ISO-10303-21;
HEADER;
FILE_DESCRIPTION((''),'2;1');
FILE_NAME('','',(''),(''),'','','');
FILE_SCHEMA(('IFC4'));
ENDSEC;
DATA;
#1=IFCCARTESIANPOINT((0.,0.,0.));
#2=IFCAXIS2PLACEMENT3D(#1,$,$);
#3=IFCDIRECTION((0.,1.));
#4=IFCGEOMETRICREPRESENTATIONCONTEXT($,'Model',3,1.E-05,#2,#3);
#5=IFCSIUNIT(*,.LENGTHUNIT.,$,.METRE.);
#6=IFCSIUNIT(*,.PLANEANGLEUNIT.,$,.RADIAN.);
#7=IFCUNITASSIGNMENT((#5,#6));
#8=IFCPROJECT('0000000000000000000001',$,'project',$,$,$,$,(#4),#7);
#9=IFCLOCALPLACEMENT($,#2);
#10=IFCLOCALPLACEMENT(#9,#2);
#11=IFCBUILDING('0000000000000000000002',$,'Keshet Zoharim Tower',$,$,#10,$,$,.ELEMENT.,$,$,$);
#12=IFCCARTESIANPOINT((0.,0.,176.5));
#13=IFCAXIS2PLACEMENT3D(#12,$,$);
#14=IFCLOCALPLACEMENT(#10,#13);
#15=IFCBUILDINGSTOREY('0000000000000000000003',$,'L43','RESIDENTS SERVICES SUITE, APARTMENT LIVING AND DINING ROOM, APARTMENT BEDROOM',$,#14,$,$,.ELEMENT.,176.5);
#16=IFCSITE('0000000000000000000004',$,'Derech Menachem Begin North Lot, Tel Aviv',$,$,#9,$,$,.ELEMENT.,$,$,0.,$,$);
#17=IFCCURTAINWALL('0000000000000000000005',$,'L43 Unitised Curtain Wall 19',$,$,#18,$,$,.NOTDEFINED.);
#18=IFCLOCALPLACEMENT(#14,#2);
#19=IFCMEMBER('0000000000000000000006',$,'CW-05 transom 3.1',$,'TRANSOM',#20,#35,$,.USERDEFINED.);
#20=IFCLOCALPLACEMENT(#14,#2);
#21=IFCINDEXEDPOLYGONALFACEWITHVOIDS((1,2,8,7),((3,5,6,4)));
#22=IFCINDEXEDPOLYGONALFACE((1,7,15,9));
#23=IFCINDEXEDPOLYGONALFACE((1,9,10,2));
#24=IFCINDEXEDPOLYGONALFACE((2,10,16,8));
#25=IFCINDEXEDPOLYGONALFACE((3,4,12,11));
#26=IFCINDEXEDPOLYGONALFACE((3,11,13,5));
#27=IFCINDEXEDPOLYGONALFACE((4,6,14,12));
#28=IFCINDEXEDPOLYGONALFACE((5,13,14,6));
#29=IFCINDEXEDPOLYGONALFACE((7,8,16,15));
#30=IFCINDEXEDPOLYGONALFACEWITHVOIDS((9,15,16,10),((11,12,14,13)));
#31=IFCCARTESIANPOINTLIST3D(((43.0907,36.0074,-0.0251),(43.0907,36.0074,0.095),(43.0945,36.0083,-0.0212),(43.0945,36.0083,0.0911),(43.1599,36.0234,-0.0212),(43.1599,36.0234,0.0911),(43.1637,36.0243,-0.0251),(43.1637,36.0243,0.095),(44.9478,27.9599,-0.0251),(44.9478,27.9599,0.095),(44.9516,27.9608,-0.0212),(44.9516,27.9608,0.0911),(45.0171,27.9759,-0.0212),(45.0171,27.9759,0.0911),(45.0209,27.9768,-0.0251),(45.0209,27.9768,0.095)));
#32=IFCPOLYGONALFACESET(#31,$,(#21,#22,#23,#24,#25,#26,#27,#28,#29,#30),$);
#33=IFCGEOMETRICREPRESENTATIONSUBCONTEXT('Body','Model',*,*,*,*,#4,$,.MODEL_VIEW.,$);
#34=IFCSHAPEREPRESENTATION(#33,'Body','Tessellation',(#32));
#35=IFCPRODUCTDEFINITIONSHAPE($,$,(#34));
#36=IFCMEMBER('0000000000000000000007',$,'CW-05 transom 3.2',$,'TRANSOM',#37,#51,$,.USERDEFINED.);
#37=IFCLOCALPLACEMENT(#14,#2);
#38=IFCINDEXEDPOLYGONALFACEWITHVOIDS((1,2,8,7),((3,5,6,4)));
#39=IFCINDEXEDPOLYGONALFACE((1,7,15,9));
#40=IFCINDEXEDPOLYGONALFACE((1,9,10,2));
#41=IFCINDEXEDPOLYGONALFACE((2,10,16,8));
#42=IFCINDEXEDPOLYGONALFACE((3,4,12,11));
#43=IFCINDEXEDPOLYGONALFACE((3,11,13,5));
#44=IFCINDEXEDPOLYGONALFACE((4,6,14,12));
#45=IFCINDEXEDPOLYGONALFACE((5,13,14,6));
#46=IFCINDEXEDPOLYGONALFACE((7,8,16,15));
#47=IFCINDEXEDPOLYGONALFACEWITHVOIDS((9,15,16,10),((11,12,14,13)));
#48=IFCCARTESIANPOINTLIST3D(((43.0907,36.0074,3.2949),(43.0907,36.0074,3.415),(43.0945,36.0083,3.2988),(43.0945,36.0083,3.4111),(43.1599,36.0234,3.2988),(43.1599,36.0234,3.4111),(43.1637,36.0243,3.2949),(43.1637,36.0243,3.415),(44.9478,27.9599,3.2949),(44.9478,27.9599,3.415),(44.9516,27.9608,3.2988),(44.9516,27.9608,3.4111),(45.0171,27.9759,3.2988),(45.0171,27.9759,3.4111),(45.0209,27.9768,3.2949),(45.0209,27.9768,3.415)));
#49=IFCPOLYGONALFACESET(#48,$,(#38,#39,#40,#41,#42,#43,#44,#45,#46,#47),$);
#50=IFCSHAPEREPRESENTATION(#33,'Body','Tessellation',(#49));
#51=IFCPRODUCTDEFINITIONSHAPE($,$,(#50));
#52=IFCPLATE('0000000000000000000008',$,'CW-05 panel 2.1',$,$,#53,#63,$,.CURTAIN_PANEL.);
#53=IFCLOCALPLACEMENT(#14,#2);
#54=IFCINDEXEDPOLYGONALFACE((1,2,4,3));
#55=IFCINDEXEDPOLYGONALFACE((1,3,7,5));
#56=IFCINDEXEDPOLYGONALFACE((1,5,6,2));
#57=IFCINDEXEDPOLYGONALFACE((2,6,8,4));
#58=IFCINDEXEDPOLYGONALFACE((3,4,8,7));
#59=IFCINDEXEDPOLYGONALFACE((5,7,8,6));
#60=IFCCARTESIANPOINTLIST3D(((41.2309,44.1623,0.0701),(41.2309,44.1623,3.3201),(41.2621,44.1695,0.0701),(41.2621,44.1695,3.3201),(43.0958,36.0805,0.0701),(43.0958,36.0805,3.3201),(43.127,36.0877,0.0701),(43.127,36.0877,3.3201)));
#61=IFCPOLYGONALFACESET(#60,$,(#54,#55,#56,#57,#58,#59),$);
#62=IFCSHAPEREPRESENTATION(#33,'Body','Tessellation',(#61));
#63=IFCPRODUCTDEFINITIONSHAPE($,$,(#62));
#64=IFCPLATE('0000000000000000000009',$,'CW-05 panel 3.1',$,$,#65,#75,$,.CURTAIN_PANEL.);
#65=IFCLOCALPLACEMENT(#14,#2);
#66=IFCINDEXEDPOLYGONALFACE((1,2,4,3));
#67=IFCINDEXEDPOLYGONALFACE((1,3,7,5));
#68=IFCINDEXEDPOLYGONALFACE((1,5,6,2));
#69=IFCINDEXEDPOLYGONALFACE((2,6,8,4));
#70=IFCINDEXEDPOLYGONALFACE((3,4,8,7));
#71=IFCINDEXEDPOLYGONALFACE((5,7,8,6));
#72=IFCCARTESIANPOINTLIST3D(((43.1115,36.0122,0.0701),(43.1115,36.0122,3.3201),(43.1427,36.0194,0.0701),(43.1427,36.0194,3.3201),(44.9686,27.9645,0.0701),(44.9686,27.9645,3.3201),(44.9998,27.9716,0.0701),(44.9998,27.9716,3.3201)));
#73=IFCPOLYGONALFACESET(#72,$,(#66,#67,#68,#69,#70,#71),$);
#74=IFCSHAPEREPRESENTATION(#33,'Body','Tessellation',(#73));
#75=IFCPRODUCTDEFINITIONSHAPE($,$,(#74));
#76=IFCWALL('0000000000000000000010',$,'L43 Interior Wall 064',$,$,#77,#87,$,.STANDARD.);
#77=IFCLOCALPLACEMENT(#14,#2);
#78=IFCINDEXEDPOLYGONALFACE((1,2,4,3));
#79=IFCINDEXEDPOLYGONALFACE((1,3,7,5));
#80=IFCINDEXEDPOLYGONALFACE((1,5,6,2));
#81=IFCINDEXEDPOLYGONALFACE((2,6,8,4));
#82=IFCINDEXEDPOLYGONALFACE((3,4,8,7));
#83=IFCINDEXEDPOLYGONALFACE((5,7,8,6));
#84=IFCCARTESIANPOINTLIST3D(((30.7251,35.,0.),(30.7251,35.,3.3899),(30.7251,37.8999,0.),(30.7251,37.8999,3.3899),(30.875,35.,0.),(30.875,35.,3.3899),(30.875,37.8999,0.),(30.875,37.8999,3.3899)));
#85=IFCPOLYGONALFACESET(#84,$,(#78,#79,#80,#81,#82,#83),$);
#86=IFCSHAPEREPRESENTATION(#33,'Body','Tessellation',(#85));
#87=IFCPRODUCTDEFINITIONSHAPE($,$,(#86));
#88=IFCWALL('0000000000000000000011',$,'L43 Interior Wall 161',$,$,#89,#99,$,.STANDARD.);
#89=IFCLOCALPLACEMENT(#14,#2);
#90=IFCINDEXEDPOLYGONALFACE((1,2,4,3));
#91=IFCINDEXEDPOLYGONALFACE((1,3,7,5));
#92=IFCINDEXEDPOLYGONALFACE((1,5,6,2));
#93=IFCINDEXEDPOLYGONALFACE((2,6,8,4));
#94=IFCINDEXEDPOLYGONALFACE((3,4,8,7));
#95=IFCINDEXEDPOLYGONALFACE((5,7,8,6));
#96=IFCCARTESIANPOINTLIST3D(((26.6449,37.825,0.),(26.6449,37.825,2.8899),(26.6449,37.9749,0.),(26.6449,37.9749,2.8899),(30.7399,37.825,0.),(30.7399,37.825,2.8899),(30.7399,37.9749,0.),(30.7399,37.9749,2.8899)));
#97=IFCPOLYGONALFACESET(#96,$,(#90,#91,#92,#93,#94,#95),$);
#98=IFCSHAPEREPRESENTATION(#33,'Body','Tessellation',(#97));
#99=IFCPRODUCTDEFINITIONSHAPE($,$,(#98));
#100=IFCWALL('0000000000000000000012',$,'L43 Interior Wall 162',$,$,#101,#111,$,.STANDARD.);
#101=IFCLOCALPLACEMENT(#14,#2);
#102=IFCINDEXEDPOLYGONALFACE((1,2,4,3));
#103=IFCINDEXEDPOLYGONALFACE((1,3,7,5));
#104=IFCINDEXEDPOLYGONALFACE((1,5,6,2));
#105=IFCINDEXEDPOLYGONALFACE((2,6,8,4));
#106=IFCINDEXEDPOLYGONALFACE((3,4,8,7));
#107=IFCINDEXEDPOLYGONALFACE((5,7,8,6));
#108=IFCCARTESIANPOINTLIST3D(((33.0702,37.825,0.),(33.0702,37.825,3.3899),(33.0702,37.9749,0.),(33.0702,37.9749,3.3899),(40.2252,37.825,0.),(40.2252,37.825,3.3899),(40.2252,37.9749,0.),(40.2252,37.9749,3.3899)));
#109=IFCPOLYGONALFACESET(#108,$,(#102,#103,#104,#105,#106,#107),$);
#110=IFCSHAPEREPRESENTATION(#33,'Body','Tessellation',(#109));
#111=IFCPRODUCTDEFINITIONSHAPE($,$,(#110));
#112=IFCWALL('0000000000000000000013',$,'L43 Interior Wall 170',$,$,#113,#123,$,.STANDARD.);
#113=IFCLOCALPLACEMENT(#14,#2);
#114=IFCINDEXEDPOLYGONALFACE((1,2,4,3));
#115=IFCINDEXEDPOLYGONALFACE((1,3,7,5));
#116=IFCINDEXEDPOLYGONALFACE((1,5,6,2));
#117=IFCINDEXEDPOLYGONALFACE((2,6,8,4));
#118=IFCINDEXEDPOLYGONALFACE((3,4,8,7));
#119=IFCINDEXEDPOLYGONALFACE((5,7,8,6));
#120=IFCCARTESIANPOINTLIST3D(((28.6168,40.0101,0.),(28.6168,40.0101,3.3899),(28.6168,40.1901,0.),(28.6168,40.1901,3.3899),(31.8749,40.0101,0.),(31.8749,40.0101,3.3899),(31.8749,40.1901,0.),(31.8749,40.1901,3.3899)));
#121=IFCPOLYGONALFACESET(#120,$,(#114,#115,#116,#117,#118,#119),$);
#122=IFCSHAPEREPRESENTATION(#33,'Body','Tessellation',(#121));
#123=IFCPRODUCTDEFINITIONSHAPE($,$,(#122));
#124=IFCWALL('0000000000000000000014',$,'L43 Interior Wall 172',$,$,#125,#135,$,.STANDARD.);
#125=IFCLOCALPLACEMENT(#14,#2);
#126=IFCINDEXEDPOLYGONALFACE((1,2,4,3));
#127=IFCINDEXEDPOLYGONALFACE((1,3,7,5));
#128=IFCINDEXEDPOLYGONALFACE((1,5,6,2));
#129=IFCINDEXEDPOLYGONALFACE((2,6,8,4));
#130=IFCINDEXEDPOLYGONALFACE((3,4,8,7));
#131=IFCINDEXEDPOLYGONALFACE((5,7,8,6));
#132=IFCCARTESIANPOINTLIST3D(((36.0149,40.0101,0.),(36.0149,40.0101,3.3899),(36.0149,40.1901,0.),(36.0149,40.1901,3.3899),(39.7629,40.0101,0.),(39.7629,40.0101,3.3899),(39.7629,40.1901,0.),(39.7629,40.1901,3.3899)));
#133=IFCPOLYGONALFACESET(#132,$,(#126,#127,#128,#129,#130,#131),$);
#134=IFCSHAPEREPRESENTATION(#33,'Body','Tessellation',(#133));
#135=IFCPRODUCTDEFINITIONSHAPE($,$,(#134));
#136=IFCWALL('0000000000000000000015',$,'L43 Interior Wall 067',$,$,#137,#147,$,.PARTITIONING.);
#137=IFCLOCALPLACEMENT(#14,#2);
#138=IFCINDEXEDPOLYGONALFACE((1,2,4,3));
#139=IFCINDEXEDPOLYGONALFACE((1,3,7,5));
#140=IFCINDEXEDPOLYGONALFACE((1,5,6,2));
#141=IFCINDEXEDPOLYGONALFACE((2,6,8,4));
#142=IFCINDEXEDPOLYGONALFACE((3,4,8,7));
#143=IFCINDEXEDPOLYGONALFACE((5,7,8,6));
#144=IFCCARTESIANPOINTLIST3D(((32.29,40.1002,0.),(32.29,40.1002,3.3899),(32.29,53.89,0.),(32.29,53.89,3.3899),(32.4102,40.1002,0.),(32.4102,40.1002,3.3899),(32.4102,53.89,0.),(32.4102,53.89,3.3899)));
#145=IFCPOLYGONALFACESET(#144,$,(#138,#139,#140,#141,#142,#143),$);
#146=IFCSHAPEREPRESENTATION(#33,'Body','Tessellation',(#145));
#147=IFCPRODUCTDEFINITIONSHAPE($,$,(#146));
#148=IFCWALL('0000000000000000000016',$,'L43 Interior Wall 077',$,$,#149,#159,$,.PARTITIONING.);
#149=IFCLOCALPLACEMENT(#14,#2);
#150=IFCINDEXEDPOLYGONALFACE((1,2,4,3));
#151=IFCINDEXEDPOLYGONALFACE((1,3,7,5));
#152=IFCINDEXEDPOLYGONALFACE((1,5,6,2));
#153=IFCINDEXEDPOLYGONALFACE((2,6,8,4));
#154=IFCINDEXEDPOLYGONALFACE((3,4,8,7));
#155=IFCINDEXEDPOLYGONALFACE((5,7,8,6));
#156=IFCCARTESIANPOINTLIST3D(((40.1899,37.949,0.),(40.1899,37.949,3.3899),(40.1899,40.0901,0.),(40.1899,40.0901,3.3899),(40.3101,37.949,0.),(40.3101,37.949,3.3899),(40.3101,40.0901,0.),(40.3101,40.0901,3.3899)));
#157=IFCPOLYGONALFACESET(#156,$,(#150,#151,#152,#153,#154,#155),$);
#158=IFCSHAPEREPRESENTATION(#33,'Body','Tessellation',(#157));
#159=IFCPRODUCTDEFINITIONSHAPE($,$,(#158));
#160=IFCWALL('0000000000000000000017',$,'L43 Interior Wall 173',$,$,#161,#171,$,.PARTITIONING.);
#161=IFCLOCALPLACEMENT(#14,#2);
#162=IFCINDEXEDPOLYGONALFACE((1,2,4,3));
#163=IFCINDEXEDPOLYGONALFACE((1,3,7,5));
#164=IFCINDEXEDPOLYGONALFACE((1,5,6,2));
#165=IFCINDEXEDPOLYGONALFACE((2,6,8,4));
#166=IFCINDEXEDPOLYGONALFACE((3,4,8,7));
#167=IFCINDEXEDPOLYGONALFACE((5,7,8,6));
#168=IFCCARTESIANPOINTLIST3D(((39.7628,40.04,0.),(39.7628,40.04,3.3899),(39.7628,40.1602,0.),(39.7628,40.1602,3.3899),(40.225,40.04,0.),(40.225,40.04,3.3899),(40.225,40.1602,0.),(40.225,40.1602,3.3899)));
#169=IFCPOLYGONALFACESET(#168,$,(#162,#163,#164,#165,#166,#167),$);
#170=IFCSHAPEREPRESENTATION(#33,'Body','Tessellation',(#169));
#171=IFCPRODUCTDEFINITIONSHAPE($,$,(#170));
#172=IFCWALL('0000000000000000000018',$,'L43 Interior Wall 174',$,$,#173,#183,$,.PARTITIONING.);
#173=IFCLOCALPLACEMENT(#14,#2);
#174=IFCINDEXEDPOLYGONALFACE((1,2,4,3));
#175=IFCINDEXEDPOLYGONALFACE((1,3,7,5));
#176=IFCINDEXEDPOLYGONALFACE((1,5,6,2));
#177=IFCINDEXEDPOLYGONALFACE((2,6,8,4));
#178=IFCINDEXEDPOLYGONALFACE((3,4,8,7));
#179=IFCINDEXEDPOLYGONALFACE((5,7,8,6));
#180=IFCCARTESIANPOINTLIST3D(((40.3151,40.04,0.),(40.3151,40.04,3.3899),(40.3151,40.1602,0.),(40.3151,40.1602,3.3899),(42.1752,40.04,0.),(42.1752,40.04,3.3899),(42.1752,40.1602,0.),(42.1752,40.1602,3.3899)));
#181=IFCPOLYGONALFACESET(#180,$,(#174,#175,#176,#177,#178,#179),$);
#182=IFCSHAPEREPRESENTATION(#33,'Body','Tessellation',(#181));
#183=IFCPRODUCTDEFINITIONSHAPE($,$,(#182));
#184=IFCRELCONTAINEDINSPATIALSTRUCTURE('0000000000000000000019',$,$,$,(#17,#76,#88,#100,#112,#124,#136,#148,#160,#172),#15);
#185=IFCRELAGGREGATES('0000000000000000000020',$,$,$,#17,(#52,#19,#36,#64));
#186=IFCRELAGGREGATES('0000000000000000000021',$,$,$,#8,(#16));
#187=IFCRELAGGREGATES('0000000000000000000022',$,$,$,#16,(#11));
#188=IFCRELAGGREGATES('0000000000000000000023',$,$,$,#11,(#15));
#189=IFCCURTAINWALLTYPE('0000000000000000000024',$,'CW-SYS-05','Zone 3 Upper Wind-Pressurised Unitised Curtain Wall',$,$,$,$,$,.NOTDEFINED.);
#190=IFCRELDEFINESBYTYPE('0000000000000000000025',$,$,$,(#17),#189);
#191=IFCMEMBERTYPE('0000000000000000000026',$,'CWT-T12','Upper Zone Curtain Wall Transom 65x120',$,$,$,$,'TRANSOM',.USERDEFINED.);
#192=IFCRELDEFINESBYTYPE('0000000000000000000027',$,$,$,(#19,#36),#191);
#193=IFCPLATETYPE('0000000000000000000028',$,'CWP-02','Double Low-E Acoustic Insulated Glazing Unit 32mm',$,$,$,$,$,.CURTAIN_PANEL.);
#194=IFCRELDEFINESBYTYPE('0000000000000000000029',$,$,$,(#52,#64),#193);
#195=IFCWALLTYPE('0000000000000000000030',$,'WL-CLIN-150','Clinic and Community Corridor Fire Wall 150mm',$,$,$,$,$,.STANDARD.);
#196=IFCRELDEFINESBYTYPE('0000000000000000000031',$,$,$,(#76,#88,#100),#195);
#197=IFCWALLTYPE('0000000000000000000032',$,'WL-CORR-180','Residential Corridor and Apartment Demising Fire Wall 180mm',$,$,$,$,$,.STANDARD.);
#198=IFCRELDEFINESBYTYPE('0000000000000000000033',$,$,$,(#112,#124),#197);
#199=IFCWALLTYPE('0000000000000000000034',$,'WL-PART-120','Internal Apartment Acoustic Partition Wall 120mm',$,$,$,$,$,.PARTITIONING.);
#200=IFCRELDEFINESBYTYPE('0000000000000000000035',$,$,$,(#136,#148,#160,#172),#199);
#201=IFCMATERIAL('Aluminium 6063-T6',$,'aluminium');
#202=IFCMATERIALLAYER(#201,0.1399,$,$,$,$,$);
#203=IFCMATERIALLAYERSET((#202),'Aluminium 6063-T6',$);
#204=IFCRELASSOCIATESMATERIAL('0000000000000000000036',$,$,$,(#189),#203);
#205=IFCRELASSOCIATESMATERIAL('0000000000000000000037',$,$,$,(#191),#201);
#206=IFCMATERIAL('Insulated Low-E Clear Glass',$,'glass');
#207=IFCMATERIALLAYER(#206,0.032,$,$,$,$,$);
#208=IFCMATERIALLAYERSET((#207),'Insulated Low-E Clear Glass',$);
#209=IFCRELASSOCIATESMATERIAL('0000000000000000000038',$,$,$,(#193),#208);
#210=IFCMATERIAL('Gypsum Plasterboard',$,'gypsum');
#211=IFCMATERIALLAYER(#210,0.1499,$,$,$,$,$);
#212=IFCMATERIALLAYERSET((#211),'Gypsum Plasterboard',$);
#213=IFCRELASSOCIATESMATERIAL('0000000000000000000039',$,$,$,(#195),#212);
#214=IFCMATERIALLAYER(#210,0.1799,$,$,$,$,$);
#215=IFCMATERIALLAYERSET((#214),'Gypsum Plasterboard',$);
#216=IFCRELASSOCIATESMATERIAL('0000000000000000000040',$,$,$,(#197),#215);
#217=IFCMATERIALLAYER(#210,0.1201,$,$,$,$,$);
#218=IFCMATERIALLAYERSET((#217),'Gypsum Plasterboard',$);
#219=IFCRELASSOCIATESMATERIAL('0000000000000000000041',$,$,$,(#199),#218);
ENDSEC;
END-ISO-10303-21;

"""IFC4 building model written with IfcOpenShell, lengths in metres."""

from ifc_helpers import new_model, si_unit, direction, frame, frame_2d, origin, origin_2d, place, context, subcontext, project, spatial, rectangle, hollow_rectangle, extrude, material, layer, layer_set, material_profile, profile_set, type_object, element, aggregate, save


model = new_model("IFC4")

# Units and contexts
model_context = context("Model", 3, precision=1e-05, world=origin(), true_north=direction((0.0, 1.0)))
body_context = subcontext(model_context, "Body", "Model", "MODEL_VIEW")
ifc_project = project(units=[si_unit("LENGTHUNIT", "METRE"), si_unit("PLANEANGLEUNIT", "RADIAN")], contexts=[model_context])

# Site, building, storey
site_placement = place(None, origin())
site = spatial("IfcSite", under=ifc_project, at=site_placement, Name="Derech Menachem Begin North Lot, Tel Aviv", CompositionType="ELEMENT", RefElevation=0.0)
building_placement = place(site_placement, origin())
building = spatial("IfcBuilding", under=site, at=building_placement, Name="Keshet Zoharim Tower", CompositionType="ELEMENT")
storey_placement = place(building_placement, frame((0.0, 0.0, 176.5)))
storey = spatial("IfcBuildingStorey", under=building, at=storey_placement, Name="L43", Description="RESIDENTS SERVICES SUITE, APARTMENT LIVING AND DINING ROOM, APARTMENT BEDROOM", CompositionType="ELEMENT", Elevation=176.5)

# Curtain wall, members, plates
ifc_material_1 = material(Name="Aluminium 6063-T6", Category="aluminium")
ifc_layer_1 = layer(ifc_material_1, 0.1399)
ifc_layer_set_1 = layer_set([ifc_layer_1], Name="Aluminium 6063-T6")
curtain_wall_type = type_object("IfcCurtainWallType", Name="CW-SYS-05", Description="Zone 3 Upper Wind-Pressurised Unitised Curtain Wall", PredefinedType="NOTDEFINED", material=ifc_layer_set_1)
curtain_wall_placement = place(storey_placement, origin())
curtain_wall = element("IfcCurtainWall", 1, at=curtain_wall_placement, inside=storey, type_object=curtain_wall_type, Name="L43 Unitised Curtain Wall 19", PredefinedType="NOTDEFINED")
ifc_material_profile_1 = material_profile(ifc_material_1, hollow_rectangle(XDim=0.075, YDim=0.1201, WallThickness=0.0039, at=origin_2d()), Name="TRN-75x120")
ifc_profile_set_1 = profile_set([ifc_material_profile_1], Name="Aluminium 6063-T6")
member_type_1 = type_object("IfcMemberType", Name="CWT-T12", Description="Upper Zone Curtain Wall Transom 65x120", ElementType="TRANSOM", PredefinedType="USERDEFINED", material=ifc_profile_set_1)
member_1_placement = place(storey_placement, frame((43.1272, 36.0159, 0.0349), z_axis=(0.224864, -0.97439, 0.0), x_axis=(0.97439, 0.224864, 0.0)))
member_1 = element("IfcMember", 2, at=member_1_placement, type_object=member_type_1, Name="CW-05 transom 3.1", ObjectType="TRANSOM", PredefinedType="USERDEFINED", context=body_context, shape_type="SweptSolid", body=[
    extrude(hollow_rectangle(XDim=0.075, YDim=0.1201, WallThickness=0.0039, at=origin_2d()), origin(), (0.0, 0.0, 1.0), 8.259),
])
member_2_placement = place(storey_placement, frame((43.1272, 36.0159, 3.355), z_axis=(0.224864, -0.97439, 0.0), x_axis=(0.97439, 0.224864, 0.0)))
member_2 = element("IfcMember", 3, at=member_2_placement, type_object=member_type_1, Name="CW-05 transom 3.2", ObjectType="TRANSOM", PredefinedType="USERDEFINED", context=body_context, shape_type="SweptSolid", body=[
    extrude(hollow_rectangle(XDim=0.075, YDim=0.1201, WallThickness=0.0039, at=origin_2d()), origin(), (0.0, 0.0, 1.0), 8.259),
])
ifc_material_2 = material(Name="Insulated Low-E Clear Glass", Category="glass")
ifc_layer_2 = layer(ifc_material_2, 0.032)
ifc_layer_set_2 = layer_set([ifc_layer_2], Name="Insulated Low-E Clear Glass")
plate_type = type_object("IfcPlateType", Name="CWP-02", Description="Double Low-E Acoustic Insulated Glazing Unit 32mm", PredefinedType="CURTAIN_PANEL", material=ifc_layer_set_2)
plate_1_placement = place(storey_placement, frame((42.179, 40.125, 0.0701), z_axis=(0.0, 0.0, 1.0), x_axis=(0.224848, -0.974394, 0.0)))
plate_1 = element("IfcPlate", 4, at=plate_1_placement, type_object=plate_type, Name="CW-05 panel 2.1", PredefinedType="CURTAIN_PANEL", context=body_context, shape_type="SweptSolid", body=[
    extrude(rectangle(XDim=8.2942, YDim=0.032, at=origin_2d()), origin(), (0.0, 0.0, 1.0), 3.25),
])
plate_2_placement = place(storey_placement, frame((44.0557, 31.9919, 0.0701), z_axis=(0.0, 0.0, 1.0), x_axis=(0.224848, -0.974394, 0.0)))
plate_2 = element("IfcPlate", 5, at=plate_2_placement, type_object=plate_type, Name="CW-05 panel 3.1", PredefinedType="CURTAIN_PANEL", context=body_context, shape_type="SweptSolid", body=[
    extrude(rectangle(XDim=8.2593, YDim=0.032, at=origin_2d()), origin(), (0.0, 0.0, 1.0), 3.25),
])
aggregate(curtain_wall, [plate_1, member_1, member_2, plate_2])

# Walls
ifc_material_3 = material(Name="Gypsum Plasterboard", Category="gypsum")
ifc_layer_3 = layer(ifc_material_3, 0.1499)
ifc_layer_set_3 = layer_set([ifc_layer_3], Name="Gypsum Plasterboard")
wall_type_1 = type_object("IfcWallType", Name="WL-CLIN-150", Description="Clinic and Community Corridor Fire Wall 150mm", PredefinedType="STANDARD", material=ifc_layer_set_3)
wall_1_placement = place(storey_placement, frame((30.8, 35.0, 0.0), z_axis=(0.0, 0.0, 1.0), x_axis=(0.0, 1.0, 0.0)))
element("IfcWall", 6, at=wall_1_placement, inside=storey, type_object=wall_type_1, Name="L43 Interior Wall 064", PredefinedType="STANDARD", context=body_context, shape_type="SweptSolid", body=[
    extrude(rectangle(XDim=2.8999, YDim=0.1499, at=frame_2d((1.45, 0.0))), origin(), (0.0, 0.0, 1.0), 3.3899),
])
wall_2_placement = place(storey_placement, frame((26.645, 37.8999, 0.0), z_axis=(0.0, 0.0, 1.0), x_axis=(1.0, 0.0, 0.0)))
element("IfcWall", 7, at=wall_2_placement, inside=storey, type_object=wall_type_1, Name="L43 Interior Wall 161", PredefinedType="STANDARD", context=body_context, shape_type="SweptSolid", body=[
    extrude(rectangle(XDim=4.095, YDim=0.1499, at=frame_2d((2.0474, 0.0))), origin(), (0.0, 0.0, 1.0), 2.8899),
])
wall_3_placement = place(storey_placement, frame((33.0701, 37.8999, 0.0), z_axis=(0.0, 0.0, 1.0), x_axis=(1.0, 0.0, 0.0)))
element("IfcWall", 8, at=wall_3_placement, inside=storey, type_object=wall_type_1, Name="L43 Interior Wall 162", PredefinedType="STANDARD", context=body_context, shape_type="SweptSolid", body=[
    extrude(rectangle(XDim=7.155, YDim=0.1499, at=frame_2d((3.5776, 0.0))), origin(), (0.0, 0.0, 1.0), 3.3899),
])
ifc_layer_4 = layer(ifc_material_3, 0.1799)
ifc_layer_set_4 = layer_set([ifc_layer_4], Name="Gypsum Plasterboard")
wall_type_2 = type_object("IfcWallType", Name="WL-CORR-180", Description="Residential Corridor and Apartment Demising Fire Wall 180mm", PredefinedType="STANDARD", material=ifc_layer_set_4)
wall_4_placement = place(storey_placement, frame((28.6169, 40.1001, 0.0), z_axis=(0.0, 0.0, 1.0), x_axis=(1.0, 0.0, 0.0)))
element("IfcWall", 9, at=wall_4_placement, inside=storey, type_object=wall_type_2, Name="L43 Interior Wall 170", PredefinedType="STANDARD", context=body_context, shape_type="SweptSolid", body=[
    extrude(rectangle(XDim=3.2581, YDim=0.1799, at=frame_2d((1.6289, 0.0))), origin(), (0.0, 0.0, 1.0), 3.3899),
])

# Walls
wall_5_placement = place(storey_placement, frame((36.0149, 40.1001, 0.0), z_axis=(0.0, 0.0, 1.0), x_axis=(1.0, 0.0, 0.0)))
element("IfcWall", 10, at=wall_5_placement, inside=storey, type_object=wall_type_2, Name="L43 Interior Wall 172", PredefinedType="STANDARD", context=body_context, shape_type="SweptSolid", body=[
    extrude(rectangle(XDim=3.748, YDim=0.1799, at=frame_2d((1.874, 0.0))), origin(), (0.0, 0.0, 1.0), 3.3899),
])
ifc_layer_5 = layer(ifc_material_3, 0.1201)
ifc_layer_set_5 = layer_set([ifc_layer_5], Name="Gypsum Plasterboard")
wall_type_3 = type_object("IfcWallType", Name="WL-PART-120", Description="Internal Apartment Acoustic Partition Wall 120mm", PredefinedType="PARTITIONING", material=ifc_layer_set_5)
wall_6_placement = place(storey_placement, frame((32.3501, 40.1001, 0.0), z_axis=(0.0, 0.0, 1.0), x_axis=(0.0, 1.0, 0.0)))
element("IfcWall", 11, at=wall_6_placement, inside=storey, type_object=wall_type_3, Name="L43 Interior Wall 067", PredefinedType="PARTITIONING", context=body_context, shape_type="SweptSolid", body=[
    extrude(rectangle(XDim=13.7898, YDim=0.1201, at=frame_2d((6.895, 0.0))), origin(), (0.0, 0.0, 1.0), 3.3899),
])

# Walls
wall_7_placement = place(storey_placement, frame((40.25, 37.949, 0.0), z_axis=(0.0, 0.0, 1.0), x_axis=(0.0, 1.0, 0.0)))
element("IfcWall", 12, at=wall_7_placement, inside=storey, type_object=wall_type_3, Name="L43 Interior Wall 077", PredefinedType="PARTITIONING", context=body_context, shape_type="SweptSolid", body=[
    extrude(rectangle(XDim=2.1411, YDim=0.1201, at=frame_2d((1.0706, 0.0))), origin(), (0.0, 0.0, 1.0), 3.3899),
])
wall_8_placement = place(storey_placement, frame((39.7629, 40.1001, 0.0), z_axis=(0.0, 0.0, 1.0), x_axis=(1.0, 0.0, 0.0)))
element("IfcWall", 13, at=wall_8_placement, inside=storey, type_object=wall_type_3, Name="L43 Interior Wall 173", PredefinedType="PARTITIONING", context=body_context, shape_type="SweptSolid", body=[
    extrude(rectangle(XDim=0.4622, YDim=0.1201, at=frame_2d((0.231, 0.0))), origin(), (0.0, 0.0, 1.0), 3.3899),
])
wall_9_placement = place(storey_placement, frame((40.3149, 40.1001, 0.0), z_axis=(0.0, 0.0, 1.0), x_axis=(1.0, 0.0, 0.0)))
element("IfcWall", 14, at=wall_9_placement, inside=storey, type_object=wall_type_3, Name="L43 Interior Wall 174", PredefinedType="PARTITIONING", context=body_context, shape_type="SweptSolid", body=[
    extrude(rectangle(XDim=1.8601, YDim=0.1201, at=frame_2d((0.9302, 0.0))), origin(), (0.0, 0.0, 1.0), 3.3899),
])

save(model, "model.ifc")
